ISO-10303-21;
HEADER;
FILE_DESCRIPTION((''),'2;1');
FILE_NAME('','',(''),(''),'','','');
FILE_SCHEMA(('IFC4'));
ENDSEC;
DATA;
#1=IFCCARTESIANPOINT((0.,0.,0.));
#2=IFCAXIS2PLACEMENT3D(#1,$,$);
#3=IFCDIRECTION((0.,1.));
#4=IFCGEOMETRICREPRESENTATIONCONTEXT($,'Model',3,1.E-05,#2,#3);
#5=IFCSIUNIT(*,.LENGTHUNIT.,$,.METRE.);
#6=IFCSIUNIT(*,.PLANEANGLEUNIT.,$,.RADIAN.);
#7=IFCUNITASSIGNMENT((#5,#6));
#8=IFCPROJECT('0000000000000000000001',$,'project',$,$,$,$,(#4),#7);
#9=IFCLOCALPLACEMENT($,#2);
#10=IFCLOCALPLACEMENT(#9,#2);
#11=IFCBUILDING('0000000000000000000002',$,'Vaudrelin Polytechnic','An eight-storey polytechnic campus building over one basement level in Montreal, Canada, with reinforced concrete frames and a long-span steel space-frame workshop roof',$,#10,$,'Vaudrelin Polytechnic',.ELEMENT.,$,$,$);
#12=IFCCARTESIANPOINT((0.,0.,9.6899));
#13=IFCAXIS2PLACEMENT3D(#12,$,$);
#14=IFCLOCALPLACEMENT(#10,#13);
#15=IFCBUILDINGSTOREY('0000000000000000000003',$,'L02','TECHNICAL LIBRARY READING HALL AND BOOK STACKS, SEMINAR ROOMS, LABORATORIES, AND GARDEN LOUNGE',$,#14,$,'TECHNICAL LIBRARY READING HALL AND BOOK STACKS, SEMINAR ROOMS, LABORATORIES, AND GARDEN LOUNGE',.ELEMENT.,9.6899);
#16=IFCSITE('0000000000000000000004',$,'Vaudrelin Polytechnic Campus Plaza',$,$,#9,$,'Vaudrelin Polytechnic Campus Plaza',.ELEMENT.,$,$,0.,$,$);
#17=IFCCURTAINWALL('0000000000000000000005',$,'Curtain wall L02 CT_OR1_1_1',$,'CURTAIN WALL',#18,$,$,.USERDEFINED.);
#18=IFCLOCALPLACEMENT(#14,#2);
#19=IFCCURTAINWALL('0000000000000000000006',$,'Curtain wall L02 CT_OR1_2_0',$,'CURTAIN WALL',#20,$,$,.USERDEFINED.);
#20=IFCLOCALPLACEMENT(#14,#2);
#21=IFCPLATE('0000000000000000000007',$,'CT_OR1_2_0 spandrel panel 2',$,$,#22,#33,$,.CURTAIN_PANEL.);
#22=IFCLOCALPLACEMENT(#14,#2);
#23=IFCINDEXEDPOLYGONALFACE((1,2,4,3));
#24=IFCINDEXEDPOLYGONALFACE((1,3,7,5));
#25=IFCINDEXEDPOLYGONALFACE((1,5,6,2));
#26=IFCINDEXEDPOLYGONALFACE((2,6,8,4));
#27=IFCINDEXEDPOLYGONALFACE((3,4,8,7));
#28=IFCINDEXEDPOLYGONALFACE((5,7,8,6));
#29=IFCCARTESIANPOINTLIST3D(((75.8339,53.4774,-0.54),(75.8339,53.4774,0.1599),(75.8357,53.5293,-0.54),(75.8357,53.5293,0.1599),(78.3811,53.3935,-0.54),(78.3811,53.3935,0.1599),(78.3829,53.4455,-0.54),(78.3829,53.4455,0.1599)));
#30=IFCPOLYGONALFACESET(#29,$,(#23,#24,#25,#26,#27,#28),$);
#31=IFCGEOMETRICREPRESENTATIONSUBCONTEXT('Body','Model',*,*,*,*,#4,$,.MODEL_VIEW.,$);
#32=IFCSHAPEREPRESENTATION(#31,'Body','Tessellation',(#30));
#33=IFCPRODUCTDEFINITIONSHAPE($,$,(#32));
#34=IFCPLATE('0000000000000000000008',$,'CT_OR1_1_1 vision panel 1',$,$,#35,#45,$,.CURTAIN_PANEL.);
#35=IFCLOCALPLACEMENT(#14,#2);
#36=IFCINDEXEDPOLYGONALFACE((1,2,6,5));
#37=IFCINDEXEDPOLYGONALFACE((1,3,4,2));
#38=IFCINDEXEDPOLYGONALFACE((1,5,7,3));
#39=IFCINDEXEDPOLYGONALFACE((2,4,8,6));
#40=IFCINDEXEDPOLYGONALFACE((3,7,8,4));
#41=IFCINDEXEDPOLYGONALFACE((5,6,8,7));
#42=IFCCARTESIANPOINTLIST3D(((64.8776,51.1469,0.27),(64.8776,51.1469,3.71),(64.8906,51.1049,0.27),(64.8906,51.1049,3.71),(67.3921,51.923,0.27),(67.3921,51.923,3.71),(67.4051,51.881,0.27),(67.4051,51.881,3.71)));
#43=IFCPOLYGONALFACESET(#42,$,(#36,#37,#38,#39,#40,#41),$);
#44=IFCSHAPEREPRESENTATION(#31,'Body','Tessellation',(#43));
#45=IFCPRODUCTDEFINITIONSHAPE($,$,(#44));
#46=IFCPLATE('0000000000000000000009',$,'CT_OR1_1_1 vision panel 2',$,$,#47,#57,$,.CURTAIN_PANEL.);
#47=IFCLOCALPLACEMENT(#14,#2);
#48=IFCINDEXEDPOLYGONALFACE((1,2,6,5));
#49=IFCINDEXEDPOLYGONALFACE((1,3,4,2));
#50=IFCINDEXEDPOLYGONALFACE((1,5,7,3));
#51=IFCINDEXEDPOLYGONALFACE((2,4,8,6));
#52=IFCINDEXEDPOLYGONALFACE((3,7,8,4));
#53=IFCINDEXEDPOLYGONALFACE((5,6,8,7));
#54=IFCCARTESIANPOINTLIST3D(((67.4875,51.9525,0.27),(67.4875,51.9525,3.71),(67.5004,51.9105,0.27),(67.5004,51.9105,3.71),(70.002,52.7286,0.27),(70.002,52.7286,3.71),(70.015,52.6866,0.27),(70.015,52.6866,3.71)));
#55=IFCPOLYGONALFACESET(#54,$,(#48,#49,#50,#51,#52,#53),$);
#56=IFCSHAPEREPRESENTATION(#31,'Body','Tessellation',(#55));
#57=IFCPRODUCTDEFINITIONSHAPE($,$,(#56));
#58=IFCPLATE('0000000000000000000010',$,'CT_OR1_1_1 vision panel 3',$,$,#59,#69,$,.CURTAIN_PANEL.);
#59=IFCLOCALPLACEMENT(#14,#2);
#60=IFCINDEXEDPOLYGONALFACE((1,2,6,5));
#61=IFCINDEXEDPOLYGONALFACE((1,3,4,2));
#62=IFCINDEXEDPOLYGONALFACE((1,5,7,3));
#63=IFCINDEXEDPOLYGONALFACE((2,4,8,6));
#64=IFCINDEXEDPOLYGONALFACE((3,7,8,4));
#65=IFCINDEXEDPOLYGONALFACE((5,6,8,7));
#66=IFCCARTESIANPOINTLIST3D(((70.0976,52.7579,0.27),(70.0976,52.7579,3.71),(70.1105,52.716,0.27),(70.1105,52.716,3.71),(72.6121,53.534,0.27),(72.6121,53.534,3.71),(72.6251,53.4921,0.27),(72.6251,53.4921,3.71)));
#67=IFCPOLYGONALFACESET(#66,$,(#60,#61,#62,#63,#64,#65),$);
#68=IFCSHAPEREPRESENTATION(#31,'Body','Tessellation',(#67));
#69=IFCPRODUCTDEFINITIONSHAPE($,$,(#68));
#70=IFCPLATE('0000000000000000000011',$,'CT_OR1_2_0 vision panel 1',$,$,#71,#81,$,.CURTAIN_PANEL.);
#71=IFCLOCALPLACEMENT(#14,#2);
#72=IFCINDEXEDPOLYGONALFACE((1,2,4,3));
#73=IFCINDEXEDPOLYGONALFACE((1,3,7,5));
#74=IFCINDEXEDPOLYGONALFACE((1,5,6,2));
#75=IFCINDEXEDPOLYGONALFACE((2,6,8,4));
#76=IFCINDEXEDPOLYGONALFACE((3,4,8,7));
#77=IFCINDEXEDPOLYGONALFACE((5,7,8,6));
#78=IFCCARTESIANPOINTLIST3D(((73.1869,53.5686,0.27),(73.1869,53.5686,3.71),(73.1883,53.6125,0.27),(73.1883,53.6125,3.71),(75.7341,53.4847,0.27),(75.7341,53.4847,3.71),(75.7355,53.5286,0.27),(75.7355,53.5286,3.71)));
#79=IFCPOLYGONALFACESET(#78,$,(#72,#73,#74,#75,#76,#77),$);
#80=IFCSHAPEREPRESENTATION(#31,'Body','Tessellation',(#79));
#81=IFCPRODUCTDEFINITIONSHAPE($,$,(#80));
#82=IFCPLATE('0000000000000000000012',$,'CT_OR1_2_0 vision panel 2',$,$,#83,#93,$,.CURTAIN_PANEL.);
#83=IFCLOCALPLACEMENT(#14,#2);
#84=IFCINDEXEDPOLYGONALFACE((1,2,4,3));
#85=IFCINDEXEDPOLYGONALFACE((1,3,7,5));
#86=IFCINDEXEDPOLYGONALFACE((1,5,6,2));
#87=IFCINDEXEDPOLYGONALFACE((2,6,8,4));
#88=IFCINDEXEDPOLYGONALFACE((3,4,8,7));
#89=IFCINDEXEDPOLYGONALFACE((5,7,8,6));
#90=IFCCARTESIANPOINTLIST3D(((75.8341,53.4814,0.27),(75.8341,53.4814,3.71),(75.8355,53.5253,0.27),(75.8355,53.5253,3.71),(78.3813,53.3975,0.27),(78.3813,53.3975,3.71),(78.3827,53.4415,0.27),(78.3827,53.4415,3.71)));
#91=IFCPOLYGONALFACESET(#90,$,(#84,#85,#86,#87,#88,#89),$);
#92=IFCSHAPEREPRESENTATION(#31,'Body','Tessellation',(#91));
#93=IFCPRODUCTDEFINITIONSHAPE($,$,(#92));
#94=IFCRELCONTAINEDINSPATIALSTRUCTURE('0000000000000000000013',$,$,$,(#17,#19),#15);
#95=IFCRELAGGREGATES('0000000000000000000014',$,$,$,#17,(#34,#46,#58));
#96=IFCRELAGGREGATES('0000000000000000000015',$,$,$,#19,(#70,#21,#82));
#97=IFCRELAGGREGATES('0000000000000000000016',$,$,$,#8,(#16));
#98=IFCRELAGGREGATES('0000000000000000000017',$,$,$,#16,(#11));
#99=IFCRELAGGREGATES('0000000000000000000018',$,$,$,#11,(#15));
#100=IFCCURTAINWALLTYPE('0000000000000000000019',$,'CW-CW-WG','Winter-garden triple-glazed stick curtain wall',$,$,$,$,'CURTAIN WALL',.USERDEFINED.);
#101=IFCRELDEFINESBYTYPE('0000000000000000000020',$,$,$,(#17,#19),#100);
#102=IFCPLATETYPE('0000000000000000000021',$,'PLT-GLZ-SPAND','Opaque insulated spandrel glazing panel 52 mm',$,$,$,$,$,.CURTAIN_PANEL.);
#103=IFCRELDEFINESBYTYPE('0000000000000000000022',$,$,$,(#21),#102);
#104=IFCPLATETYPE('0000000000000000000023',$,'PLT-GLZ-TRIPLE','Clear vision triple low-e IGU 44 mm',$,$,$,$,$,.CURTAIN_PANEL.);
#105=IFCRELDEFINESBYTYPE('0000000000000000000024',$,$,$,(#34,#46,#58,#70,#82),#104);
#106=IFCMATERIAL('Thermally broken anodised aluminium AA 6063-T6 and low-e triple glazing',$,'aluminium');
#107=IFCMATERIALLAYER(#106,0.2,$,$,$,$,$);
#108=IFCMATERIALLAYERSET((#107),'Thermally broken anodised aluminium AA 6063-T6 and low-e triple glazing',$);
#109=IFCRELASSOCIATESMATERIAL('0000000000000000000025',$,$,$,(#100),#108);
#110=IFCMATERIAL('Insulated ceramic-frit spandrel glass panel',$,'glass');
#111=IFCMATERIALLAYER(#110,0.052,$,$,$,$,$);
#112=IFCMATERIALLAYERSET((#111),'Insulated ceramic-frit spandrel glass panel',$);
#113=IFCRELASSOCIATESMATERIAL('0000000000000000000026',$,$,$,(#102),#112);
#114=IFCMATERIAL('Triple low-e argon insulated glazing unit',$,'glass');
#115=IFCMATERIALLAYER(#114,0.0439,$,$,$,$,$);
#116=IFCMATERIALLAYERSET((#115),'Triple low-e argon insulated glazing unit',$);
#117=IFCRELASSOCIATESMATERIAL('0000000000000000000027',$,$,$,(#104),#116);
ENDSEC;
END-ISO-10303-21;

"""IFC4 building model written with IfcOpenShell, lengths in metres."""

from ifc_helpers import new_model, si_unit, direction, frame, origin, origin_2d, place, context, subcontext, project, spatial, rectangle, extrude, material, layer, layer_set, type_object, element, aggregate, save


model = new_model("IFC4")

# Units and contexts
model_context = context("Model", 3, precision=1e-05, world=origin(), true_north=direction((0.0, 1.0)))
body_context = subcontext(model_context, "Body", "Model", "MODEL_VIEW")
ifc_project = project(units=[si_unit("LENGTHUNIT", "METRE"), si_unit("PLANEANGLEUNIT", "RADIAN")], contexts=[model_context])

# Site, building, storey
site_placement = place(None, origin())
site = spatial("IfcSite", under=ifc_project, at=site_placement, Name="Vaudrelin Polytechnic Campus Plaza", LongName="Vaudrelin Polytechnic Campus Plaza", CompositionType="ELEMENT", RefElevation=0.0)
building_placement = place(site_placement, origin())
building = spatial("IfcBuilding", under=site, at=building_placement, Name="Vaudrelin Polytechnic", Description="An eight-storey polytechnic campus building over one basement level in Montreal, Canada, with reinforced concrete frames and a long-span steel space-frame workshop roof", LongName="Vaudrelin Polytechnic", CompositionType="ELEMENT")
storey_placement = place(building_placement, frame((0.0, 0.0, 9.6899)))
storey = spatial("IfcBuildingStorey", under=building, at=storey_placement, Name="L02", Description="TECHNICAL LIBRARY READING HALL AND BOOK STACKS, SEMINAR ROOMS, LABORATORIES, AND GARDEN LOUNGE", LongName="TECHNICAL LIBRARY READING HALL AND BOOK STACKS, SEMINAR ROOMS, LABORATORIES, AND GARDEN LOUNGE", CompositionType="ELEMENT", Elevation=9.6899)

# Shared definitions
ifc_material_1 = material(Name="Thermally broken anodised aluminium AA 6063-T6 and low-e triple glazing", Category="aluminium")
ifc_layer_1 = layer(ifc_material_1, 0.2)
ifc_layer_set_1 = layer_set([ifc_layer_1], Name="Thermally broken anodised aluminium AA 6063-T6 and low-e triple glazing")
curtain_wall_type = type_object("IfcCurtainWallType", Name="CW-CW-WG", Description="Winter-garden triple-glazed stick curtain wall", ElementType="CURTAIN WALL", PredefinedType="USERDEFINED", material=ifc_layer_set_1)

# Curtain walls
curtain_wall_1_placement = place(storey_placement, origin())
curtain_wall_1 = element("IfcCurtainWall", 1, at=curtain_wall_1_placement, inside=storey, type_object=curtain_wall_type, Name="Curtain wall L02 CT_OR1_1_1", ObjectType="CURTAIN WALL", PredefinedType="USERDEFINED")
curtain_wall_2_placement = place(storey_placement, origin())
curtain_wall_2 = element("IfcCurtainWall", 2, at=curtain_wall_2_placement, inside=storey, type_object=curtain_wall_type, Name="Curtain wall L02 CT_OR1_2_0", ObjectType="CURTAIN WALL", PredefinedType="USERDEFINED")

# Plates
ifc_material_2 = material(Name="Insulated ceramic-frit spandrel glass panel", Category="glass")
ifc_layer_2 = layer(ifc_material_2, 0.052)
ifc_layer_set_2 = layer_set([ifc_layer_2], Name="Insulated ceramic-frit spandrel glass panel")
plate_type_1 = type_object("IfcPlateType", Name="PLT-GLZ-SPAND", Description="Opaque insulated spandrel glazing panel 52 mm", PredefinedType="CURTAIN_PANEL", material=ifc_layer_set_2)
plate_1_placement = place(storey_placement, frame((77.1084, 53.4614, -0.54), z_axis=(0.0, 0.0, 1.0), x_axis=(0.999458, -0.03291, 0.0)))
plate_1 = element("IfcPlate", 3, at=plate_1_placement, type_object=plate_type_1, Name="CT_OR1_2_0 spandrel panel 2", PredefinedType="CURTAIN_PANEL", context=body_context, shape_type="SweptSolid", body=[
    extrude(rectangle(XDim=2.5486, YDim=0.052, at=origin_2d()), origin(), (0.0, 0.0, 1.0), 0.7),
])
ifc_material_3 = material(Name="Triple low-e argon insulated glazing unit", Category="glass")
ifc_layer_3 = layer(ifc_material_3, 0.0439)
ifc_layer_set_3 = layer_set([ifc_layer_3], Name="Triple low-e argon insulated glazing unit")
plate_type_2 = type_object("IfcPlateType", Name="PLT-GLZ-TRIPLE", Description="Clear vision triple low-e IGU 44 mm", PredefinedType="CURTAIN_PANEL", material=ifc_layer_set_3)
plate_2_placement = place(storey_placement, frame((66.1414, 51.5139, 0.27), z_axis=(0.0, 0.0, 1.0), x_axis=(0.955522, 0.294918, 0.0)))
plate_2 = element("IfcPlate", 4, at=plate_2_placement, type_object=plate_type_2, Name="CT_OR1_1_1 vision panel 1", PredefinedType="CURTAIN_PANEL", context=body_context, shape_type="SweptSolid", body=[
    extrude(rectangle(XDim=2.6316, YDim=0.0439, at=origin_2d()), origin(), (0.0, 0.0, 1.0), 3.4399),
])
plate_3_placement = place(storey_placement, frame((68.7512, 52.3196, 0.27), z_axis=(0.0, 0.0, 1.0), x_axis=(0.955522, 0.294918, 0.0)))
plate_3 = element("IfcPlate", 5, at=plate_3_placement, type_object=plate_type_2, Name="CT_OR1_1_1 vision panel 2", PredefinedType="CURTAIN_PANEL", context=body_context, shape_type="SweptSolid", body=[
    extrude(rectangle(XDim=2.6316, YDim=0.0439, at=origin_2d()), origin(), (0.0, 0.0, 1.0), 3.4399),
])
plate_4_placement = place(storey_placement, frame((71.3613, 53.125, 0.27), z_axis=(0.0, 0.0, 1.0), x_axis=(0.955522, 0.294918, 0.0)))
plate_4 = element("IfcPlate", 6, at=plate_4_placement, type_object=plate_type_2, Name="CT_OR1_1_1 vision panel 3", PredefinedType="CURTAIN_PANEL", context=body_context, shape_type="SweptSolid", body=[
    extrude(rectangle(XDim=2.6316, YDim=0.0439, at=origin_2d()), origin(), (0.0, 0.0, 1.0), 3.4399),
])
aggregate(curtain_wall_1, [plate_2, plate_3, plate_4])
plate_5_placement = place(storey_placement, frame((74.4612, 53.5486, 0.27), z_axis=(0.0, 0.0, 1.0), x_axis=(0.999458, -0.03291, 0.0)))
plate_5 = element("IfcPlate", 7, at=plate_5_placement, type_object=plate_type_2, Name="CT_OR1_2_0 vision panel 1", PredefinedType="CURTAIN_PANEL", context=body_context, shape_type="SweptSolid", body=[
    extrude(rectangle(XDim=2.5486, YDim=0.0439, at=origin_2d()), origin(), (0.0, 0.0, 1.0), 3.4399),
])
plate_6_placement = place(storey_placement, frame((77.1084, 53.4614, 0.27), z_axis=(0.0, 0.0, 1.0), x_axis=(0.999458, -0.03291, 0.0)))
plate_6 = element("IfcPlate", 8, at=plate_6_placement, type_object=plate_type_2, Name="CT_OR1_2_0 vision panel 2", PredefinedType="CURTAIN_PANEL", context=body_context, shape_type="SweptSolid", body=[
    extrude(rectangle(XDim=2.5486, YDim=0.0439, at=origin_2d()), origin(), (0.0, 0.0, 1.0), 3.4399),
])
aggregate(curtain_wall_2, [plate_5, plate_1, plate_6])

save(model, "model.ifc")
